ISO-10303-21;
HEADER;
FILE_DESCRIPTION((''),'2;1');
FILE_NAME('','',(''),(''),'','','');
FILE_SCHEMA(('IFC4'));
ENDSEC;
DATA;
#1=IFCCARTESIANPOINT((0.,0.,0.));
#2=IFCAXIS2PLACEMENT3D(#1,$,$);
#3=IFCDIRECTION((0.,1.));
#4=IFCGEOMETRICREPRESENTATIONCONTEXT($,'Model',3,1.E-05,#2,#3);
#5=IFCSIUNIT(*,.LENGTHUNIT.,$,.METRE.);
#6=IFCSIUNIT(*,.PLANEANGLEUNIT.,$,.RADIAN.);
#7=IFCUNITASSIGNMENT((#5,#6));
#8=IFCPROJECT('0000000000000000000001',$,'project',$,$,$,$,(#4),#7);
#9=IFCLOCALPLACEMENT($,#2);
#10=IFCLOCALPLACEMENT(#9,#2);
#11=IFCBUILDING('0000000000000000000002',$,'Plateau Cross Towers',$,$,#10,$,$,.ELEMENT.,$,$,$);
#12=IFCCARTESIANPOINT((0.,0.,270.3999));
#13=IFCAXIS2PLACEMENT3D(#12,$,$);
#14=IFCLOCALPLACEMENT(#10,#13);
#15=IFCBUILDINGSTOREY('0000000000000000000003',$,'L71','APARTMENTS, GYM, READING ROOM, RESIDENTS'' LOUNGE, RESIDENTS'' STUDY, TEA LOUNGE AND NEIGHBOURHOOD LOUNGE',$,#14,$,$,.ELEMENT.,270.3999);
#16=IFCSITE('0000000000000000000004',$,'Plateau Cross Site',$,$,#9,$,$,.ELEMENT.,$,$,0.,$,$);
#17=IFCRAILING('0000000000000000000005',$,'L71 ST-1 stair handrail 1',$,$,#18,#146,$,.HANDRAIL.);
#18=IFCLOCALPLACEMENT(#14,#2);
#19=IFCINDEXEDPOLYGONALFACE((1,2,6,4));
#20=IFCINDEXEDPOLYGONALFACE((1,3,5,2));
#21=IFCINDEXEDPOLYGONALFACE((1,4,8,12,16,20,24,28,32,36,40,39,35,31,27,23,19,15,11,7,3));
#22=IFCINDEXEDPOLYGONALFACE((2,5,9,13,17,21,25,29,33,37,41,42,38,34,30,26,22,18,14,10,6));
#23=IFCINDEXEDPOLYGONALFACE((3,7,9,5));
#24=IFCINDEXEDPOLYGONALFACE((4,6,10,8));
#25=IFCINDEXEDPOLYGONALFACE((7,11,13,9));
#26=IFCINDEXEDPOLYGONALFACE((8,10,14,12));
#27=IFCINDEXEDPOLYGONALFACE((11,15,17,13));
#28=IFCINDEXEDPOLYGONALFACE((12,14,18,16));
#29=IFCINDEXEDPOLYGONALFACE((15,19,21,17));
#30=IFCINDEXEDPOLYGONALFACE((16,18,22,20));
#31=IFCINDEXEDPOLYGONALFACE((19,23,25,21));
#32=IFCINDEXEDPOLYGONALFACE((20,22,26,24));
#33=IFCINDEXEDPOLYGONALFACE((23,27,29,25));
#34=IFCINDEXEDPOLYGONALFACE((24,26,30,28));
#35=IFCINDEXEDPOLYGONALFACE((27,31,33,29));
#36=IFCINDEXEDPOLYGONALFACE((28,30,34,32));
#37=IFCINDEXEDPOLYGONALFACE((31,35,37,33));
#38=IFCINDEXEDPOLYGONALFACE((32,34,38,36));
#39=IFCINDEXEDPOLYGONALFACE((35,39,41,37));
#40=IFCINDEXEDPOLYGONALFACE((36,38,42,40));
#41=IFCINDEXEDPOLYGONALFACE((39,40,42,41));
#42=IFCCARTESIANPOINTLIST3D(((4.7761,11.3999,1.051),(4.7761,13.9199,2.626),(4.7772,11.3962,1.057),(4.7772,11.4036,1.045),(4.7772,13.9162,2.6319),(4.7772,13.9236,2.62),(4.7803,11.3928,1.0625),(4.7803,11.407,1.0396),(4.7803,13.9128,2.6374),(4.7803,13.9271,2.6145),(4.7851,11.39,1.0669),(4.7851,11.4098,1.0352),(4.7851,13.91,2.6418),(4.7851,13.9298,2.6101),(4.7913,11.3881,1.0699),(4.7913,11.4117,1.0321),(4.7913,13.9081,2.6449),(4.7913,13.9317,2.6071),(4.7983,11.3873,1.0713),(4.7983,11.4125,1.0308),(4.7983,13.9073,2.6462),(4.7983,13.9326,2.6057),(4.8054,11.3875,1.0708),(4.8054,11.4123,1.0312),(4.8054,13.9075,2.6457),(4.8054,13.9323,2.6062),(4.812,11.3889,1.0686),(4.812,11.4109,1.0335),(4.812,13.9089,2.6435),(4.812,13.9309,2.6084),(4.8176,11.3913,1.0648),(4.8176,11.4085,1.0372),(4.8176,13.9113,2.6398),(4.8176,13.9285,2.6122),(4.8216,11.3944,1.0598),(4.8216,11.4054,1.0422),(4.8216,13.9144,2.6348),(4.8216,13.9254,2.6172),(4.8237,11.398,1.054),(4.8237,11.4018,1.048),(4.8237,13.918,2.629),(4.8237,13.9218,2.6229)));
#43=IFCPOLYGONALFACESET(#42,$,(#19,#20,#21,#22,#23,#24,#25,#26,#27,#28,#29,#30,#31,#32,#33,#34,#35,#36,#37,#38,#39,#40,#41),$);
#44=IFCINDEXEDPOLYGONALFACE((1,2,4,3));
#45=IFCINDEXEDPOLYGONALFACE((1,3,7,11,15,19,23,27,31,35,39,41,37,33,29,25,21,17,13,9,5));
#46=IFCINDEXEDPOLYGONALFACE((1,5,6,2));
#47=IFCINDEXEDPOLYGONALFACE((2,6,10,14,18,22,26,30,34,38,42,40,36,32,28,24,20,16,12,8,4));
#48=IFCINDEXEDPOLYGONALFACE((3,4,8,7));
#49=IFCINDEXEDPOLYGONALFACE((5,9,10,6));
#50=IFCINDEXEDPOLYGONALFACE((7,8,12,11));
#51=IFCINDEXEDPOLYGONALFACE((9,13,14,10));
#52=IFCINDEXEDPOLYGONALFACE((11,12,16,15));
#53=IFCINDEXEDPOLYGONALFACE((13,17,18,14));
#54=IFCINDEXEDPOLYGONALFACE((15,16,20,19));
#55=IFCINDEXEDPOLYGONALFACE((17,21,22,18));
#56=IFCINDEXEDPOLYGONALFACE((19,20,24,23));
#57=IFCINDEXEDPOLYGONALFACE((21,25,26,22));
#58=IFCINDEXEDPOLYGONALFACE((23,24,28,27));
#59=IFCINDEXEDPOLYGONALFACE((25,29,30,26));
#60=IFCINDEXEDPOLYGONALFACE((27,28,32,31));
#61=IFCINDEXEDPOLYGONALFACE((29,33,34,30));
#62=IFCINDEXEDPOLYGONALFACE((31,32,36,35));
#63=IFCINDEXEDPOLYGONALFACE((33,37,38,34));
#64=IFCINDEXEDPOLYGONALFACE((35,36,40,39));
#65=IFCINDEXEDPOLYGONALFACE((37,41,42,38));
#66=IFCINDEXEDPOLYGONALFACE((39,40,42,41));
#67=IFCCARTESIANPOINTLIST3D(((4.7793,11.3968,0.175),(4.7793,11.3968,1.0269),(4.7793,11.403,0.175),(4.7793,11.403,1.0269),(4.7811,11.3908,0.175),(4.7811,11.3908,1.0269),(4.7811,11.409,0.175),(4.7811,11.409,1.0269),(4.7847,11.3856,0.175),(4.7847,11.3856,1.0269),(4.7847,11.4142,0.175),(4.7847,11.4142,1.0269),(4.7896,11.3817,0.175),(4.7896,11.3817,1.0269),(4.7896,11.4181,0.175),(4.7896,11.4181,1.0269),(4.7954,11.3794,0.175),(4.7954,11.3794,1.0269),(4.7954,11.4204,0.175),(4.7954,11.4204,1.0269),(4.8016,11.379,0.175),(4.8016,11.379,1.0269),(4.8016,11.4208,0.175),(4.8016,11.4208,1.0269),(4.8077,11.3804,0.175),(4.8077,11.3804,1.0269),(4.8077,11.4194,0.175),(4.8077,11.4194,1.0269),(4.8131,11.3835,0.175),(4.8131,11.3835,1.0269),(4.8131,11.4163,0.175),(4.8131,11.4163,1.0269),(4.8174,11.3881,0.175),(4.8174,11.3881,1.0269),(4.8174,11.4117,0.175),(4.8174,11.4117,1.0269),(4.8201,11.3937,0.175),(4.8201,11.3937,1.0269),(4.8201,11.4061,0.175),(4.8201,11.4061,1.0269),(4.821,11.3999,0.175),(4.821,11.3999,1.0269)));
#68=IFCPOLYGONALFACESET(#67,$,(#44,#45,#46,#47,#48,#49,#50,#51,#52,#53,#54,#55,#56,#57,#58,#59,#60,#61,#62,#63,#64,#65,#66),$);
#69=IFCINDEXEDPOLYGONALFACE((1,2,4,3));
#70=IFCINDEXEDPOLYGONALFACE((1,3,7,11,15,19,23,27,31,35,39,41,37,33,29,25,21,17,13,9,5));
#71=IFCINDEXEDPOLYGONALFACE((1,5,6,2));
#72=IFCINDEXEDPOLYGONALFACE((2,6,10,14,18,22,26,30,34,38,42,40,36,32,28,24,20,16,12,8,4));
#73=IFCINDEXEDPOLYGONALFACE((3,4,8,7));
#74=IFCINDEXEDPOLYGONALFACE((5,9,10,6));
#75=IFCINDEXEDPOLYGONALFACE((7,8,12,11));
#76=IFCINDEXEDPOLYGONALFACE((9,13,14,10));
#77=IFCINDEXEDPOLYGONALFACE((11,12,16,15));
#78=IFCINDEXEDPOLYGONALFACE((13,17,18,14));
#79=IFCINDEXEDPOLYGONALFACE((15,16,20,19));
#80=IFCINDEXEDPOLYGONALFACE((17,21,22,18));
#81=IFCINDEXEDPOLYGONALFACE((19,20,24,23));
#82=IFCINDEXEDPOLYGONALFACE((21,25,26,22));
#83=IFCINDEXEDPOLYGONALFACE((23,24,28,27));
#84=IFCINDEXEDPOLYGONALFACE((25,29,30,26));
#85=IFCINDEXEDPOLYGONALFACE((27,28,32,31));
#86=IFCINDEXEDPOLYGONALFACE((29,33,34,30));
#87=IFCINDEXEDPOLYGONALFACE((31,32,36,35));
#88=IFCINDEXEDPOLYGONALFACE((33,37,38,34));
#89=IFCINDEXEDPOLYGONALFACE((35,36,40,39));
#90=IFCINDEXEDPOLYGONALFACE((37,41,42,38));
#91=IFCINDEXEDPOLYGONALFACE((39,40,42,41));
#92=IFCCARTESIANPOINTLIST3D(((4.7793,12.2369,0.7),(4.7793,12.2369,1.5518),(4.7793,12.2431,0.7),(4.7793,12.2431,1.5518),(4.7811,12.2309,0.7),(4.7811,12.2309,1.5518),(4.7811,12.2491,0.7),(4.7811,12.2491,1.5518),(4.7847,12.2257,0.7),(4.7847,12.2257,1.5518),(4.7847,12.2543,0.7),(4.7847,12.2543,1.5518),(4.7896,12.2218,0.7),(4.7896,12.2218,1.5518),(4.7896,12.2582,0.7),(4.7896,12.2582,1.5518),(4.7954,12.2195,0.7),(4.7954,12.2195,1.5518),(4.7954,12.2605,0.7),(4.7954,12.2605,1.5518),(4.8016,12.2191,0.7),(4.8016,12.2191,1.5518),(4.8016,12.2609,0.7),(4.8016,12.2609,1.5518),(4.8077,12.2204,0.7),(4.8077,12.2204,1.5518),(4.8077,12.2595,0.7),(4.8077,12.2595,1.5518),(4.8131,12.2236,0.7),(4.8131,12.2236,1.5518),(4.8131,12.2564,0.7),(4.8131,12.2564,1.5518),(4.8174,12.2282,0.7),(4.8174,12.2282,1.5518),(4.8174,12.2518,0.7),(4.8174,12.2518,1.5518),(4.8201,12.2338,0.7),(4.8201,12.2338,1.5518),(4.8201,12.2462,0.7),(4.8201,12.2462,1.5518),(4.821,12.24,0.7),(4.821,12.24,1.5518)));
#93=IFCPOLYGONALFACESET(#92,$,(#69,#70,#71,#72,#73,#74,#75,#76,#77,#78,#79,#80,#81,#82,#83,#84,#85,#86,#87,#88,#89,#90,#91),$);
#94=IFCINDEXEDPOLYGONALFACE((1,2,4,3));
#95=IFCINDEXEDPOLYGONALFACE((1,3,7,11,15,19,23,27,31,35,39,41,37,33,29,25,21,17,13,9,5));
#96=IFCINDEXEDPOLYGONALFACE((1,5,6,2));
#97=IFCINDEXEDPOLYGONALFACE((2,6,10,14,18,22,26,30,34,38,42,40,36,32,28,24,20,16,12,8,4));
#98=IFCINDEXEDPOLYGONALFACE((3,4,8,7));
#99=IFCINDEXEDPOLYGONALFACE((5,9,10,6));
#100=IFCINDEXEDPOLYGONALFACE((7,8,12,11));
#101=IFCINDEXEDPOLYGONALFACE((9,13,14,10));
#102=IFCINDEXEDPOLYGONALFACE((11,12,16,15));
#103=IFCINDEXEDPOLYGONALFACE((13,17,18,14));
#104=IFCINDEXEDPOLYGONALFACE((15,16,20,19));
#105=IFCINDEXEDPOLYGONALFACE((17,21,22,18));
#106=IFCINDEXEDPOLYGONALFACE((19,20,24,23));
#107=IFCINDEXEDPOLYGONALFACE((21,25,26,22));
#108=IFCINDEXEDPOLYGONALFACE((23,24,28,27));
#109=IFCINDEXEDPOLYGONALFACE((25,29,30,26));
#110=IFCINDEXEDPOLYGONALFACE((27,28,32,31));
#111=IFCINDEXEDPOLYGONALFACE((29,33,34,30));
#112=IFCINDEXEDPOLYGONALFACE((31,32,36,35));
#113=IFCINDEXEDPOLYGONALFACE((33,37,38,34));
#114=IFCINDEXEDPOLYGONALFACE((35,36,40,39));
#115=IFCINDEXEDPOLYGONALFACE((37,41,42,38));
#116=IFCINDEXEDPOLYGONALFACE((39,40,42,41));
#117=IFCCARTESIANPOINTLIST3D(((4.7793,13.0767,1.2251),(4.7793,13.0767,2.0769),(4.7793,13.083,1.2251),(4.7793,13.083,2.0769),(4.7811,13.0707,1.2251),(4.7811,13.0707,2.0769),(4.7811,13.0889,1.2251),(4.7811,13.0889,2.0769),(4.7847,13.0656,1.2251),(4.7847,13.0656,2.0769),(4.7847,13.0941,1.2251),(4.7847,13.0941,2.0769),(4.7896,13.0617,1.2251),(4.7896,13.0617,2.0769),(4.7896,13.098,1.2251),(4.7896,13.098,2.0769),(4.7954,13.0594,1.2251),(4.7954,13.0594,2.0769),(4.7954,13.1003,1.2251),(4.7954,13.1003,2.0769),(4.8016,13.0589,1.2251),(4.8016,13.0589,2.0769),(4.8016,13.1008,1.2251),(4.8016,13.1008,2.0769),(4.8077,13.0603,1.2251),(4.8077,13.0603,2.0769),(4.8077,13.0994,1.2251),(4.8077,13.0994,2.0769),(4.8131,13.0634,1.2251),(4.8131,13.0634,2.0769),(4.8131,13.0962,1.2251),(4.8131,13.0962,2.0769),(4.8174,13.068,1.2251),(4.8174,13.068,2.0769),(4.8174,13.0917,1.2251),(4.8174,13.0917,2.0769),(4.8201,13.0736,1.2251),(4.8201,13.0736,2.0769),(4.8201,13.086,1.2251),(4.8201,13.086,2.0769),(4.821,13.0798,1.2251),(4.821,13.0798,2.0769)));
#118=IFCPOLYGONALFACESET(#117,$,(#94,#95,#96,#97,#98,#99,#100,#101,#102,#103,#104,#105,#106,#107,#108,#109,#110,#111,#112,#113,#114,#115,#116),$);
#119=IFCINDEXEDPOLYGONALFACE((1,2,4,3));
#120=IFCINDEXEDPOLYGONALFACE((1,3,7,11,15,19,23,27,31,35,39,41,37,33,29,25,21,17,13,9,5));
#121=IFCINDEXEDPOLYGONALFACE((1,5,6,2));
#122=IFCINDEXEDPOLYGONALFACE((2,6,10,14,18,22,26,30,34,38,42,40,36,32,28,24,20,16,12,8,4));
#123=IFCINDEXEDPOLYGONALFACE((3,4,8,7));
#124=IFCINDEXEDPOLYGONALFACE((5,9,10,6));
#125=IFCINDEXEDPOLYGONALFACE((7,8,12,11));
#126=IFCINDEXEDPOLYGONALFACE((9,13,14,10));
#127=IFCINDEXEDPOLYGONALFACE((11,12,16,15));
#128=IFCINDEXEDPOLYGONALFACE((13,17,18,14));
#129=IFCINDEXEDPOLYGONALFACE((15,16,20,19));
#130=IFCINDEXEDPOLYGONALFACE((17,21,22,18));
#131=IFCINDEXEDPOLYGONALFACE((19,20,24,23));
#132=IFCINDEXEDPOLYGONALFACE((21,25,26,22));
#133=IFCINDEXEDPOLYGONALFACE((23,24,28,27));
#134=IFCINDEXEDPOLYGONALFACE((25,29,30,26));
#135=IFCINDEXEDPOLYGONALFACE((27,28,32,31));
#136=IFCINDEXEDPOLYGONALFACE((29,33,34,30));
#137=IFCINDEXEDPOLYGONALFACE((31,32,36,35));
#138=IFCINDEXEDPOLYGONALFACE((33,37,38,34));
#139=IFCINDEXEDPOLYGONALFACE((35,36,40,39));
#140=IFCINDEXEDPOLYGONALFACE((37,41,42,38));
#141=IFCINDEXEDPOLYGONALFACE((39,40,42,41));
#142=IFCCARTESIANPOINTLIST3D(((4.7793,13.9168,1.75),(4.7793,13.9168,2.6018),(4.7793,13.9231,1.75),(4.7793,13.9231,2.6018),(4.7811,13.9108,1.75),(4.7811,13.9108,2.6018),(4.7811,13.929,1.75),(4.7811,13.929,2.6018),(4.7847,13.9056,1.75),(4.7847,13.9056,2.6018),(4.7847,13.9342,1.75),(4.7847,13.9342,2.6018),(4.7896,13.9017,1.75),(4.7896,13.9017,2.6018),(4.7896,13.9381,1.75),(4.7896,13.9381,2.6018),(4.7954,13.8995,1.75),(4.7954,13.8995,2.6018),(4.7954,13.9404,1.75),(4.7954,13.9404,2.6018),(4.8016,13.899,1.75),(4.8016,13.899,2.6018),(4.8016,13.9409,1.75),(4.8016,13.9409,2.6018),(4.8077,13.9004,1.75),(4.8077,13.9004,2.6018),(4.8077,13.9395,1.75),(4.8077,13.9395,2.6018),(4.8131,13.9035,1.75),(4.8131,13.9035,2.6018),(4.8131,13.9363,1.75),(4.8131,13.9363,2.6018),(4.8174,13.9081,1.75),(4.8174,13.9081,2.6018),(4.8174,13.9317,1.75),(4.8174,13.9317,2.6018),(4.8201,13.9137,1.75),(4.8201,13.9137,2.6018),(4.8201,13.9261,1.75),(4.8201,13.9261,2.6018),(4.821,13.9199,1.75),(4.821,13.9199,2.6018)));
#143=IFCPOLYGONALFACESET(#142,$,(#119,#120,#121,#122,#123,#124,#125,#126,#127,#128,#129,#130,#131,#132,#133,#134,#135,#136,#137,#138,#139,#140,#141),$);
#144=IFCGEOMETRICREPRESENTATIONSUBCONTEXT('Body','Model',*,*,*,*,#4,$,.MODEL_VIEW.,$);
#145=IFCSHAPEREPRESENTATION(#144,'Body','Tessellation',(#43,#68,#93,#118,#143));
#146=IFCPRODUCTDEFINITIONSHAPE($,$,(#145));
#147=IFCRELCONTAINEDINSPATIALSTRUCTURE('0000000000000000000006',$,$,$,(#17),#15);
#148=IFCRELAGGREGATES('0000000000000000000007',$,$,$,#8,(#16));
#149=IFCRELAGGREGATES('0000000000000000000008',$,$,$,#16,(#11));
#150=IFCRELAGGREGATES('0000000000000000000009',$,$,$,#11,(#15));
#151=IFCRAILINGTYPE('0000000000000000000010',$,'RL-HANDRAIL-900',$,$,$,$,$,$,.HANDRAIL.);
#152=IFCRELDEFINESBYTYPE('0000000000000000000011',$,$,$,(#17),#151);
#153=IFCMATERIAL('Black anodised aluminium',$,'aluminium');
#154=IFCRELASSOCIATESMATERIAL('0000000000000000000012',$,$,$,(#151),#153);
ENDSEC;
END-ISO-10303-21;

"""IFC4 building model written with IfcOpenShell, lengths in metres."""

from ifc_helpers import new_model, si_unit, direction, frame, origin, origin_2d, place, context, subcontext, project, spatial, circle, extrude, material, type_object, element, save


model = new_model("IFC4")

# Units and contexts
model_context = context("Model", 3, precision=1e-05, world=origin(), true_north=direction((0.0, 1.0)))
body_context = subcontext(model_context, "Body", "Model", "MODEL_VIEW")
ifc_project = project(units=[si_unit("LENGTHUNIT", "METRE"), si_unit("PLANEANGLEUNIT", "RADIAN")], contexts=[model_context])

# Site, building, storey
site_placement = place(None, origin())
site = spatial("IfcSite", under=ifc_project, at=site_placement, Name="Plateau Cross Site", CompositionType="ELEMENT", RefElevation=0.0)
building_placement = place(site_placement, origin())
building = spatial("IfcBuilding", under=site, at=building_placement, Name="Plateau Cross Towers", CompositionType="ELEMENT")
storey_placement = place(building_placement, frame((0.0, 0.0, 270.3999)))
storey = spatial("IfcBuildingStorey", under=building, at=storey_placement, Name="L71", Description="APARTMENTS, GYM, READING ROOM, RESIDENTS' LOUNGE, RESIDENTS' STUDY, TEA LOUNGE AND NEIGHBOURHOOD LOUNGE", CompositionType="ELEMENT", Elevation=270.3999)

# Shared definitions
ifc_material_1 = material(Name="Black anodised aluminium", Category="aluminium")

# Railing
railing_type_1 = type_object("IfcRailingType", Name="RL-HANDRAIL-900", PredefinedType="HANDRAIL", material=ifc_material_1)
railing_1_placement = place(storey_placement, frame((4.8, 11.3999, 0.175)))
element("IfcRailing", 1, at=railing_1_placement, inside=storey, type_object=railing_type_1, Name="L71 ST-1 stair handrail 1", PredefinedType="HANDRAIL", context=body_context, shape_type="SweptSolid", body=[
    extrude(circle(Radius=0.0239, at=origin_2d()), frame((0.0, 0.0, 0.876), z_axis=(0.0, 0.848008, 0.529984), x_axis=(-1.0, 0.0, 0.0)), (0.0, 0.0, 1.0), 2.9717),
    extrude(circle(Radius=0.021, at=origin_2d()), origin(), (0.0, 0.0, 1.0), 0.8518),
    extrude(circle(Radius=0.021, at=origin_2d()), frame((0.0, 0.8401, 0.5249)), (0.0, 0.0, 1.0), 0.8518),
    extrude(circle(Radius=0.021, at=origin_2d()), frame((0.0, 1.6799, 1.05)), (0.0, 0.0, 1.0), 0.8518),
    extrude(circle(Radius=0.021, at=origin_2d()), frame((0.0, 2.52, 1.575)), (0.0, 0.0, 1.0), 0.8518),
])

save(model, "model.ifc")
